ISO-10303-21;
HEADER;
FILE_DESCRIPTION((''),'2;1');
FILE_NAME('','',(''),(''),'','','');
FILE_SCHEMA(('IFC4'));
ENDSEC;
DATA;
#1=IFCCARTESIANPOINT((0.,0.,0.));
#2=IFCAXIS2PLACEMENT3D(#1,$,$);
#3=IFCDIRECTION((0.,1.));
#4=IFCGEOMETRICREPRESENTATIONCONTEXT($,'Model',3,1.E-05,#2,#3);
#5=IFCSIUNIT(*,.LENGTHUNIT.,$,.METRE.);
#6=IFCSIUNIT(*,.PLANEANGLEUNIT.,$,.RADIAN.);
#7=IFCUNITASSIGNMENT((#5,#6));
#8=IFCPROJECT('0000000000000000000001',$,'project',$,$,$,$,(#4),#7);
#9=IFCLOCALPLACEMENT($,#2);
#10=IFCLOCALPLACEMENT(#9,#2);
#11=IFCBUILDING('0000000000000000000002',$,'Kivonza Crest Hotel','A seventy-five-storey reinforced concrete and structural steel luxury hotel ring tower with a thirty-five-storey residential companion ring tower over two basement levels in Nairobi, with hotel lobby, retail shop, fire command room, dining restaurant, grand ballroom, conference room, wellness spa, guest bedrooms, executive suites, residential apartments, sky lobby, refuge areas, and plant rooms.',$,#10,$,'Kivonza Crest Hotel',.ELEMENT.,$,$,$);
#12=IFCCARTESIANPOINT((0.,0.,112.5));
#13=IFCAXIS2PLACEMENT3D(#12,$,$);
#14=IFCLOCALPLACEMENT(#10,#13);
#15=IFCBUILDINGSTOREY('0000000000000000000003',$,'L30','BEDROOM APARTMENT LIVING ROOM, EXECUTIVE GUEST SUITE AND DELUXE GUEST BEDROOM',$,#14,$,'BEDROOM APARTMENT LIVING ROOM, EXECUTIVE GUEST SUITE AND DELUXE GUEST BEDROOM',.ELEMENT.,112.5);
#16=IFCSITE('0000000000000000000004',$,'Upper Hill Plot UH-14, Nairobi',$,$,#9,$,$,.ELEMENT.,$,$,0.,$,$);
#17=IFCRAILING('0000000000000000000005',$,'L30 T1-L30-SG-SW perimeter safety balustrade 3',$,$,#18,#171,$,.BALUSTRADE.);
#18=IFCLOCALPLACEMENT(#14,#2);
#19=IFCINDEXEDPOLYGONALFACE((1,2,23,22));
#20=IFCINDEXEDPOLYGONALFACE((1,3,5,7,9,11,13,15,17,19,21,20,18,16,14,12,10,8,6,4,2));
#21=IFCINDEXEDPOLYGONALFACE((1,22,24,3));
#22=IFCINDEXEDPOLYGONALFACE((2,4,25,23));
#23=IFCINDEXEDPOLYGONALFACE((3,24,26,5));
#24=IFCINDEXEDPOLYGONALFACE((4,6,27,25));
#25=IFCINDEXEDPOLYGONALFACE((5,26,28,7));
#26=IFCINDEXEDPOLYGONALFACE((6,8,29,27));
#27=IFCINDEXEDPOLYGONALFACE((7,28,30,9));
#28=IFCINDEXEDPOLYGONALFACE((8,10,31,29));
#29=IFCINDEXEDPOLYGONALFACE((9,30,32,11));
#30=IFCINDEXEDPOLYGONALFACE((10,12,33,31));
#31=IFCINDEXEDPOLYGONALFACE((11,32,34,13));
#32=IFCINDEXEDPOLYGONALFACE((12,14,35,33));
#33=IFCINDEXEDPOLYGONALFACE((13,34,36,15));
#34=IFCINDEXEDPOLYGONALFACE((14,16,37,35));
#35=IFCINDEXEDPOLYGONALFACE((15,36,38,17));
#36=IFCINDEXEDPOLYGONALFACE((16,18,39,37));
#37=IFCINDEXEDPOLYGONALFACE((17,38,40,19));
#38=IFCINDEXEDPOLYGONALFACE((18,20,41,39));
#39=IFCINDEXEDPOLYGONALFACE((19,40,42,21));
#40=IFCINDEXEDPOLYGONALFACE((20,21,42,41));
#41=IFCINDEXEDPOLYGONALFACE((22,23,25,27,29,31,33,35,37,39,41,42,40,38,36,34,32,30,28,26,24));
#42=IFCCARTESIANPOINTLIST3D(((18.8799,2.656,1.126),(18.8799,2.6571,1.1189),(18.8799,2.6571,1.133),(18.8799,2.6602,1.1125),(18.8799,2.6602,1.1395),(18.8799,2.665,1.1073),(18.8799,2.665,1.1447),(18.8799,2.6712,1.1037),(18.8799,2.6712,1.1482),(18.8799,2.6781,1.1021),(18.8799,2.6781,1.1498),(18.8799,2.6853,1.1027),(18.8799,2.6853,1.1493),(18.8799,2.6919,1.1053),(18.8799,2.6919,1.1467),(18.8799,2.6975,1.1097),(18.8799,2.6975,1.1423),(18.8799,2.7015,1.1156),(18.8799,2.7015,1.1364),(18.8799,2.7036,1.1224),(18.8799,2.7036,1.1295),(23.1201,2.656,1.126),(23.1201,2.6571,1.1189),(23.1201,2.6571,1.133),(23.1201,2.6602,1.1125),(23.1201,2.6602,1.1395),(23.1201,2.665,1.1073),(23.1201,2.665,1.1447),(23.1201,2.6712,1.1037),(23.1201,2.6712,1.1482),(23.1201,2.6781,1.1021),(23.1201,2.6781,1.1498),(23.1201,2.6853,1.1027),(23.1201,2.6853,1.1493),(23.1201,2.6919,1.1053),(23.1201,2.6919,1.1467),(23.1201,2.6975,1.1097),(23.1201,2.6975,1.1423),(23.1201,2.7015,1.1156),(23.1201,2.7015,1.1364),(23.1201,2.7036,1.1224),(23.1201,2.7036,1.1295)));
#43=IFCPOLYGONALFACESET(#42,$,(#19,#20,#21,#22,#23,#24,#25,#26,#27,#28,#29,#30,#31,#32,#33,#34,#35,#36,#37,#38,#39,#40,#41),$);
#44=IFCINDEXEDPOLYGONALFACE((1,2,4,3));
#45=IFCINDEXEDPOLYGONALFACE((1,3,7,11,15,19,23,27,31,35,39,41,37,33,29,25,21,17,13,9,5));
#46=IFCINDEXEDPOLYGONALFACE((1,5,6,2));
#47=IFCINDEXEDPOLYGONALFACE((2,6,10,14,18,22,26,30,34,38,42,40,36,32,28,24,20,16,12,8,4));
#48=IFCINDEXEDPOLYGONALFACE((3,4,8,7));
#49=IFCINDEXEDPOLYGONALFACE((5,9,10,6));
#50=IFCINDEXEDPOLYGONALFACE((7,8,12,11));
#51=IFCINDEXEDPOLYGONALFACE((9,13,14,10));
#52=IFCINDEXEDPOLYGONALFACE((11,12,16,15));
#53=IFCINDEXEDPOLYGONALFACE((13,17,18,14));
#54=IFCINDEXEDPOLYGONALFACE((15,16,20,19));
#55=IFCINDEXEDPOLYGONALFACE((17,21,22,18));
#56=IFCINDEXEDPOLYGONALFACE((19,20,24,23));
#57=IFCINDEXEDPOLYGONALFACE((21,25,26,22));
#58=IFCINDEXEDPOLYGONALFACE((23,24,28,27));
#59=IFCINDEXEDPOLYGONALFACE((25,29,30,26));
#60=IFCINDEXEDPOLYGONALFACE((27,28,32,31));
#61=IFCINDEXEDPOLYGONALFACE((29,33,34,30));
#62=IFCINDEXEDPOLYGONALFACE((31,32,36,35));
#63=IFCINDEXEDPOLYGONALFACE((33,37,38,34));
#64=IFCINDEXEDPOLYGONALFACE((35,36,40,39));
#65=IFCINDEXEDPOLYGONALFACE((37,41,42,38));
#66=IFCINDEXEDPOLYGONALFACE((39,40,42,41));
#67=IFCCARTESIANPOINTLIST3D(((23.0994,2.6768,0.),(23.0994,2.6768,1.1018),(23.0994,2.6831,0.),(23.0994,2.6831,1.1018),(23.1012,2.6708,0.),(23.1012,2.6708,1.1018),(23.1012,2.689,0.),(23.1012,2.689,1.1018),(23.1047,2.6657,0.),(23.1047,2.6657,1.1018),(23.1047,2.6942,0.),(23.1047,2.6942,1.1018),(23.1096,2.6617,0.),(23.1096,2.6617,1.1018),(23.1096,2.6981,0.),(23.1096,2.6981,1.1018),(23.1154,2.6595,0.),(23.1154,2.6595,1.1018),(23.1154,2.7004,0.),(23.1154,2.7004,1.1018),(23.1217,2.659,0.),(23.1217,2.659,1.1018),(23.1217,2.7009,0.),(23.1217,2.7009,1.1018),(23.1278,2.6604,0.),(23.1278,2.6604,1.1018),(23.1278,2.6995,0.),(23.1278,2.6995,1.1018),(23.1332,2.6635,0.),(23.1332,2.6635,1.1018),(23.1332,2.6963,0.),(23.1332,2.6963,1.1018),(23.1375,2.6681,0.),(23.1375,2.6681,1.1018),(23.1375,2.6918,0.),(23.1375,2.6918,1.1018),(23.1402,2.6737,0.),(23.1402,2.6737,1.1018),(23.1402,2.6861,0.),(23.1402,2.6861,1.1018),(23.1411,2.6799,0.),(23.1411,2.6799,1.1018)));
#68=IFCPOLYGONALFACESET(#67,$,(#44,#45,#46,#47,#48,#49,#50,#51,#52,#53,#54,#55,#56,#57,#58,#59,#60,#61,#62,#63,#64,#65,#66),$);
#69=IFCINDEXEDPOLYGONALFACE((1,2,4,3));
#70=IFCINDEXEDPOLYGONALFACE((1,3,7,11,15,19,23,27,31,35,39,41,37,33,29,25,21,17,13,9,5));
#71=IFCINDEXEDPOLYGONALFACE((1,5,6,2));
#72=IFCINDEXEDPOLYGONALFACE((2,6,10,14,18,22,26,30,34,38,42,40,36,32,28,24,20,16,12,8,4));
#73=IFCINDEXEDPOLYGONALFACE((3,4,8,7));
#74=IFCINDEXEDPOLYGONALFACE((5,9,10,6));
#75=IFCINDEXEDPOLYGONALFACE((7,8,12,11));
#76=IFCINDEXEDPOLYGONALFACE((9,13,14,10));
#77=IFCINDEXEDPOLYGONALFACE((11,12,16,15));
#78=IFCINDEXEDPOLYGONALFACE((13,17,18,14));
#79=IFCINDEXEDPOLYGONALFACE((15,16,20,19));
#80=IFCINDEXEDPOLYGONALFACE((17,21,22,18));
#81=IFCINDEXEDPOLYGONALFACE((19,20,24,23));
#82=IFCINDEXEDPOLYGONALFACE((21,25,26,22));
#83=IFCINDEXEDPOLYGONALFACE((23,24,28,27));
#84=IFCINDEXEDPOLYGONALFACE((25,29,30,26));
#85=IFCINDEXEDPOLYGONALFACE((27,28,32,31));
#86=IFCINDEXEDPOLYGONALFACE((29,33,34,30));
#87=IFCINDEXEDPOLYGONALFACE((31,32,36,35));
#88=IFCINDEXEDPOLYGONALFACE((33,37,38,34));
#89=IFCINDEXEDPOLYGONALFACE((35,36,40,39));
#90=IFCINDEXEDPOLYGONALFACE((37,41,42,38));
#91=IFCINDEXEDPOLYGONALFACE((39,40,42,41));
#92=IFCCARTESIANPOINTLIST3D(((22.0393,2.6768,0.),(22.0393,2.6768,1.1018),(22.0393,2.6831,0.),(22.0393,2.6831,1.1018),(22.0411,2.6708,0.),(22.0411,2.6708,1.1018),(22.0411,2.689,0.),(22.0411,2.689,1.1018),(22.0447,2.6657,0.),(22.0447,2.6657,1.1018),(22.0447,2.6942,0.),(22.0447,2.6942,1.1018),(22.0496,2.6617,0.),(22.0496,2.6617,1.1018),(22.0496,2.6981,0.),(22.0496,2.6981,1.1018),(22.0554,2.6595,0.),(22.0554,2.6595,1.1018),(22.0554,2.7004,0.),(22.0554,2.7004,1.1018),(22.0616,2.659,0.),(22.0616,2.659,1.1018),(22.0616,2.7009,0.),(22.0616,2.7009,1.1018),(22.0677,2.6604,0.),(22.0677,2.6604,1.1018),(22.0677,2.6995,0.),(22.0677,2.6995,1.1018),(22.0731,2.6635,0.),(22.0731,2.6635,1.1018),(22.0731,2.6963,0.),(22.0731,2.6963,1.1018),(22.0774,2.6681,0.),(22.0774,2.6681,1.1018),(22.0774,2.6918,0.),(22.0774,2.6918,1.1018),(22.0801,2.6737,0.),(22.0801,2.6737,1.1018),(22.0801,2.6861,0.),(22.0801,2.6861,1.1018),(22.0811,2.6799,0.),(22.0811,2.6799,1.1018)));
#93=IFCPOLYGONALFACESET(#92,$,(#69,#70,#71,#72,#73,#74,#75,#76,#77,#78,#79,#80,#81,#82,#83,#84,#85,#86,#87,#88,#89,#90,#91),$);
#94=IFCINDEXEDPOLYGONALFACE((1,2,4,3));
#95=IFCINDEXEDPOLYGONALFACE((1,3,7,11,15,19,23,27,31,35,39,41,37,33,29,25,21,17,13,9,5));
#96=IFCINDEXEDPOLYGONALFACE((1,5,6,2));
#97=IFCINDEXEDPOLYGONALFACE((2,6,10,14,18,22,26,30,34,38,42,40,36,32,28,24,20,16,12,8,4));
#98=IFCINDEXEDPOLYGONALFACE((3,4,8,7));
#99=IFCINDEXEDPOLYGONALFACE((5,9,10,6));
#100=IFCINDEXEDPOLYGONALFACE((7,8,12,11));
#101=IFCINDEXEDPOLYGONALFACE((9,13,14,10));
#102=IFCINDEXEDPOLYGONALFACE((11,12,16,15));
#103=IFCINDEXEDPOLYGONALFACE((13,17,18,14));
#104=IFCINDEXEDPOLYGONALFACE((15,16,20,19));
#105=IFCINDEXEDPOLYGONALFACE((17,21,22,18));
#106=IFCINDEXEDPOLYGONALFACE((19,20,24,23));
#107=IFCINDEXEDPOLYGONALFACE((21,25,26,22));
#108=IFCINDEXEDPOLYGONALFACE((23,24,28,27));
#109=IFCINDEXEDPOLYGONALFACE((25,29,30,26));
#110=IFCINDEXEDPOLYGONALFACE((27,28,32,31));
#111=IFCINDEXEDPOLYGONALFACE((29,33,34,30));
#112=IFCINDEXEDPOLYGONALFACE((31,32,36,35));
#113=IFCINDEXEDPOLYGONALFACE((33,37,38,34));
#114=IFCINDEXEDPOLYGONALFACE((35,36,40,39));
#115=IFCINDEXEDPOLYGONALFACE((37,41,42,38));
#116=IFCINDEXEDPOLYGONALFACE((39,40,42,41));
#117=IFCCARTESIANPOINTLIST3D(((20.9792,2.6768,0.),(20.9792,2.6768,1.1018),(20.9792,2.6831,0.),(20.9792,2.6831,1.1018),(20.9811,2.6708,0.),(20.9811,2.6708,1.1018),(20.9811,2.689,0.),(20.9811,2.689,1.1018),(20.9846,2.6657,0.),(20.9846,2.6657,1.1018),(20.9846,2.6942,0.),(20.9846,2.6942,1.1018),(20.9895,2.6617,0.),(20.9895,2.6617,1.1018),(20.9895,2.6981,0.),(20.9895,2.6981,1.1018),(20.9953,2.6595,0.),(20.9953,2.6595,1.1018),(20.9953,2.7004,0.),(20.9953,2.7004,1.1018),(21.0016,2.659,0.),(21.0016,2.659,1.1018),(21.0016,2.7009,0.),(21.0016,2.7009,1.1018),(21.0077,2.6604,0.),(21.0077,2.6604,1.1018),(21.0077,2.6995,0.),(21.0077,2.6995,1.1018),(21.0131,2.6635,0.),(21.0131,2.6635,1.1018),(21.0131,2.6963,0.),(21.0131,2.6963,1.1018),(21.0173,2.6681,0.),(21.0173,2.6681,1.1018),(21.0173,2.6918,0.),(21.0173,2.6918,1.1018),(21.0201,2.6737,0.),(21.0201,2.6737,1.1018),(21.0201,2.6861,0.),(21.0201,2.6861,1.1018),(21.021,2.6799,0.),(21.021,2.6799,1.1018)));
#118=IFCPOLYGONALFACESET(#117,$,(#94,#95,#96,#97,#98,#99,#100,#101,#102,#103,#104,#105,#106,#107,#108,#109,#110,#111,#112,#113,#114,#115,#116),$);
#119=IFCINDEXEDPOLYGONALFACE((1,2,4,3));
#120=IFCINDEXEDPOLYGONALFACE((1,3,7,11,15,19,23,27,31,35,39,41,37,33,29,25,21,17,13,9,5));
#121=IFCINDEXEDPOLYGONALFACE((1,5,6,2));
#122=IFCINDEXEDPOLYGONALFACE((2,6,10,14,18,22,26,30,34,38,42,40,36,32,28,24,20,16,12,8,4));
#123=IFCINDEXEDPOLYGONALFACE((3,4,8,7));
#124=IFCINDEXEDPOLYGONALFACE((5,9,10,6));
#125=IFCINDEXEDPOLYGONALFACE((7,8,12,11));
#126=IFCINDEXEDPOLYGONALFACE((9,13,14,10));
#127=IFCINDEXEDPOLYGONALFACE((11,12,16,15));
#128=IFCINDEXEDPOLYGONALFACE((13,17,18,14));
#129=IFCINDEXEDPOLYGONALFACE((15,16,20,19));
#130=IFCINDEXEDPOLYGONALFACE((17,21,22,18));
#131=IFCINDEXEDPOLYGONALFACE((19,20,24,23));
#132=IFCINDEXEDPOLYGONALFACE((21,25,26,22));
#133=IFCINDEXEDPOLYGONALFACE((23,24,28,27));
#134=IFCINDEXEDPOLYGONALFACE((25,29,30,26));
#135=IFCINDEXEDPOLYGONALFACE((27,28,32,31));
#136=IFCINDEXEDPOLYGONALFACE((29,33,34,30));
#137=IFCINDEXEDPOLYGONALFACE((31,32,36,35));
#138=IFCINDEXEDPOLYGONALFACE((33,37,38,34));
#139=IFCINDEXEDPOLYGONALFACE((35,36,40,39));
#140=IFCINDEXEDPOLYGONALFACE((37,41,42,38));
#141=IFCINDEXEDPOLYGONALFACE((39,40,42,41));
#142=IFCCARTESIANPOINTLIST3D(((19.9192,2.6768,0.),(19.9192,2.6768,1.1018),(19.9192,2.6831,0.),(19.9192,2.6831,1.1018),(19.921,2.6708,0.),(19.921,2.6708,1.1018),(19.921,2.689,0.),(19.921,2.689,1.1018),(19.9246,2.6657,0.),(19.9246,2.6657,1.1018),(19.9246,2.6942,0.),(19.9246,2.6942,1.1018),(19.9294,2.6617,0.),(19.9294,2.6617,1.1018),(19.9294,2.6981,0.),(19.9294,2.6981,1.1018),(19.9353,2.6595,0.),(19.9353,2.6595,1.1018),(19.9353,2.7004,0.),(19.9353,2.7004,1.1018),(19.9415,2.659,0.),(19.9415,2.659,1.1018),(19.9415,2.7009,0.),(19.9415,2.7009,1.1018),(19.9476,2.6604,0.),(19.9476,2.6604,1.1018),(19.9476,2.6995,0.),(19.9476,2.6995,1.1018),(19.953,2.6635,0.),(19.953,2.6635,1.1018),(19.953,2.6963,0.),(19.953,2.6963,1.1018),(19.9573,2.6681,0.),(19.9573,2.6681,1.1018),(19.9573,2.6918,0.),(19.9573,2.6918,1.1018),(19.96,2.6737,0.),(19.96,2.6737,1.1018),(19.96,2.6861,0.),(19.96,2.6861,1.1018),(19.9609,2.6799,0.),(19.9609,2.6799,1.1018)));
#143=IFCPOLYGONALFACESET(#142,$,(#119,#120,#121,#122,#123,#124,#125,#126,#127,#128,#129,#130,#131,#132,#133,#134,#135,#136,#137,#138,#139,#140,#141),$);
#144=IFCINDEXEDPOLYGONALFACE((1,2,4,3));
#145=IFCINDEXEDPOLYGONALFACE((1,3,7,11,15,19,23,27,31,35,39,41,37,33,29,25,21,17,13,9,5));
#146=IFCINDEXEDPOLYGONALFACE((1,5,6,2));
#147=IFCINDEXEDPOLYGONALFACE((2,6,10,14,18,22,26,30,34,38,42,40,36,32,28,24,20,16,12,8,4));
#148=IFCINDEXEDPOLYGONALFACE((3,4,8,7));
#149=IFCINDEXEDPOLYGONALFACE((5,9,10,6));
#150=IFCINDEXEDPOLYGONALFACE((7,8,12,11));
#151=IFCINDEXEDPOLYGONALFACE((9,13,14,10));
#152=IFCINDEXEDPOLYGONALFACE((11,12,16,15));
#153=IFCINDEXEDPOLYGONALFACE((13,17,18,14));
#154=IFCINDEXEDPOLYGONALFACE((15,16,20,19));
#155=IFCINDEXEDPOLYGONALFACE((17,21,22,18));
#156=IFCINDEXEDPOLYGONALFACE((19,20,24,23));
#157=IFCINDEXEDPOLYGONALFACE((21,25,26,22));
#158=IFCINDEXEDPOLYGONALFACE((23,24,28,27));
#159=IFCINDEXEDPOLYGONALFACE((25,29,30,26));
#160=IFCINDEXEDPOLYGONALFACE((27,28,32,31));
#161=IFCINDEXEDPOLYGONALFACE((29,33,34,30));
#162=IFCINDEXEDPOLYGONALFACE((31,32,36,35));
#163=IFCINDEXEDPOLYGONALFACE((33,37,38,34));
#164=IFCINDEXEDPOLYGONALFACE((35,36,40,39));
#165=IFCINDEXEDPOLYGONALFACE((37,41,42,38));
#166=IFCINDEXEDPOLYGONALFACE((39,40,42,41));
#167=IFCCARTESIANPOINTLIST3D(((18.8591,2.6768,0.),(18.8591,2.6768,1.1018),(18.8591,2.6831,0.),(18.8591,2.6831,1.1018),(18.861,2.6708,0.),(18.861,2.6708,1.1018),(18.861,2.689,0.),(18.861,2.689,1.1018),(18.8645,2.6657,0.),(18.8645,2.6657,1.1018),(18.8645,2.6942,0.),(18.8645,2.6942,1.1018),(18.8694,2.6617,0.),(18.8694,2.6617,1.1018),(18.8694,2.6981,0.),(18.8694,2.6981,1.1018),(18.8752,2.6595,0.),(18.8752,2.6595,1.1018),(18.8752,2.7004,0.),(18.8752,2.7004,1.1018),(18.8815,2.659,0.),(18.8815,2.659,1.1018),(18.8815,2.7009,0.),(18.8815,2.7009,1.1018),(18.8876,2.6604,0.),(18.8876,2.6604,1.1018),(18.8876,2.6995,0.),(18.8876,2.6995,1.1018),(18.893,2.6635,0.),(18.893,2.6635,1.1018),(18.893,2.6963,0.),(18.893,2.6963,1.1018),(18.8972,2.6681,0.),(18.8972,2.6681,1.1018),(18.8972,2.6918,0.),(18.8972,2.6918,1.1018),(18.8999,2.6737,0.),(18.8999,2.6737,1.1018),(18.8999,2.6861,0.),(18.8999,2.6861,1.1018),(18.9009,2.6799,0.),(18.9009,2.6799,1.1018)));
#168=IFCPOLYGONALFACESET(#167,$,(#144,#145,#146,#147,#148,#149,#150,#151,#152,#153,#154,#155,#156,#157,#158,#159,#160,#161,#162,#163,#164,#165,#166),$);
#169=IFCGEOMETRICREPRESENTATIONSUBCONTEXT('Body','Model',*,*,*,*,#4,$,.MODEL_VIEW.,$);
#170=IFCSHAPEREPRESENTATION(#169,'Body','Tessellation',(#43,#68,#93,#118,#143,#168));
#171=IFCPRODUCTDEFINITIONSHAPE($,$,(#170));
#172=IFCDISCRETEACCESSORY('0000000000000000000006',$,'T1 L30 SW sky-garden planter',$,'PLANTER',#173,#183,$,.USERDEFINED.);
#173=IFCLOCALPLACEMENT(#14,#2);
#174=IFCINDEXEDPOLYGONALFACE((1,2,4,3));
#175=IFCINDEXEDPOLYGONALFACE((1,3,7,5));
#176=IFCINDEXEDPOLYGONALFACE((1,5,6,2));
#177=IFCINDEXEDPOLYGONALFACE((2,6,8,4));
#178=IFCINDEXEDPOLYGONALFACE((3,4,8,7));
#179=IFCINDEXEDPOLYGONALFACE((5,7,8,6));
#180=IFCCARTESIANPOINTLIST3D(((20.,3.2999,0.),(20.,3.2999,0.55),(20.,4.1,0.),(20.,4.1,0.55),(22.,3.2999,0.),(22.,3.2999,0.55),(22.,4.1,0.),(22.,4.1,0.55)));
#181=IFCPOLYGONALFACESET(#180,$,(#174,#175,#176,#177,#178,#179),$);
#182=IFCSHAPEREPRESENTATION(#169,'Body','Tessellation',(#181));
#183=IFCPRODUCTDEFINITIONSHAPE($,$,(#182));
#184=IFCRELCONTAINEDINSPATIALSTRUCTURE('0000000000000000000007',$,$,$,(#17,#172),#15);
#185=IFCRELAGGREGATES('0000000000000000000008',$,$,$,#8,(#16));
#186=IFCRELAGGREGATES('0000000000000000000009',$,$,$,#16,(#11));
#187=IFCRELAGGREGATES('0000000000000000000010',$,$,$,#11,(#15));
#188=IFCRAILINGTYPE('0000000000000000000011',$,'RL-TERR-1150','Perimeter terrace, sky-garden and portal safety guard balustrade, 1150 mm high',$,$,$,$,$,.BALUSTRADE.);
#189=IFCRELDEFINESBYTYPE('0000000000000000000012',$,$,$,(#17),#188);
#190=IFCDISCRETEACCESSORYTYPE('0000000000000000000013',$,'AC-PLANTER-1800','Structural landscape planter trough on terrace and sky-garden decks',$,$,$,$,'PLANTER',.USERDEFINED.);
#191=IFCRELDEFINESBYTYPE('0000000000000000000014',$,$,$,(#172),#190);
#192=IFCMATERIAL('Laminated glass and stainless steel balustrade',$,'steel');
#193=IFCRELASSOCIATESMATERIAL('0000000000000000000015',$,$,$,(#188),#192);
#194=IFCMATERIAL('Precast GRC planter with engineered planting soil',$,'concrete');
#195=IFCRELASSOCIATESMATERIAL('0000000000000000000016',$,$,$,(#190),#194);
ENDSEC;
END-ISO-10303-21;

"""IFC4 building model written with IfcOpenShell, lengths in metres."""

from ifc_helpers import new_model, si_unit, direction, frame, origin, origin_2d, place, context, subcontext, project, spatial, rectangle, circle, extrude, material, type_object, element, save


model = new_model("IFC4")

# Units and contexts
model_context = context("Model", 3, precision=1e-05, world=origin(), true_north=direction((0.0, 1.0)))
body_context = subcontext(model_context, "Body", "Model", "MODEL_VIEW")
ifc_project = project(units=[si_unit("LENGTHUNIT", "METRE"), si_unit("PLANEANGLEUNIT", "RADIAN")], contexts=[model_context])

# Site, building, storey
site_placement = place(None, origin())
site = spatial("IfcSite", under=ifc_project, at=site_placement, Name="Upper Hill Plot UH-14, Nairobi", CompositionType="ELEMENT", RefElevation=0.0)
building_placement = place(site_placement, origin())
building = spatial("IfcBuilding", under=site, at=building_placement, Name="Kivonza Crest Hotel", Description="A seventy-five-storey reinforced concrete and structural steel luxury hotel ring tower with a thirty-five-storey residential companion ring tower over two basement levels in Nairobi, with hotel lobby, retail shop, fire command room, dining restaurant, grand ballroom, conference room, wellness spa, guest bedrooms, executive suites, residential apartments, sky lobby, refuge areas, and plant rooms.", LongName="Kivonza Crest Hotel", CompositionType="ELEMENT")
storey_placement = place(building_placement, frame((0.0, 0.0, 112.5)))
storey = spatial("IfcBuildingStorey", under=building, at=storey_placement, Name="L30", Description="BEDROOM APARTMENT LIVING ROOM, EXECUTIVE GUEST SUITE AND DELUXE GUEST BEDROOM", LongName="BEDROOM APARTMENT LIVING ROOM, EXECUTIVE GUEST SUITE AND DELUXE GUEST BEDROOM", CompositionType="ELEMENT", Elevation=112.5)

# Railing
ifc_material_1 = material(Name="Laminated glass and stainless steel balustrade", Category="steel")
railing_type = type_object("IfcRailingType", Name="RL-TERR-1150", Description="Perimeter terrace, sky-garden and portal safety guard balustrade, 1150 mm high", PredefinedType="BALUSTRADE", material=ifc_material_1)
railing_1_placement = place(storey_placement, frame((23.1201, 2.6799, 0.0)))
element("IfcRailing", 1, at=railing_1_placement, inside=storey, type_object=railing_type, Name="L30 T1-L30-SG-SW perimeter safety balustrade 3", PredefinedType="BALUSTRADE", context=body_context, shape_type="SweptSolid", body=[
    extrude(circle(Radius=0.0239, at=origin_2d()), frame((0.0, 0.0, 1.126), z_axis=(-1.0, 0.0, 0.0), x_axis=(0.0, -1.0, 0.0)), (0.0, 0.0, 1.0), 4.2402),
    extrude(circle(Radius=0.021, at=origin_2d()), origin(), (0.0, 0.0, 1.0), 1.1018),
    extrude(circle(Radius=0.021, at=origin_2d()), frame((-1.0601, 0.0, 0.0)), (0.0, 0.0, 1.0), 1.1018),
    extrude(circle(Radius=0.021, at=origin_2d()), frame((-2.1201, 0.0, 0.0)), (0.0, 0.0, 1.0), 1.1018),
    extrude(circle(Radius=0.021, at=origin_2d()), frame((-3.1802, 0.0, 0.0)), (0.0, 0.0, 1.0), 1.1018),
    extrude(circle(Radius=0.021, at=origin_2d()), frame((-4.2402, 0.0, 0.0)), (0.0, 0.0, 1.0), 1.1018),
])

# Discrete accessory
ifc_material_2 = material(Name="Precast GRC planter with engineered planting soil", Category="concrete")
discrete_accessory_type = type_object("IfcDiscreteAccessoryType", Name="AC-PLANTER-1800", Description="Structural landscape planter trough on terrace and sky-garden decks", ElementType="PLANTER", PredefinedType="USERDEFINED", material=ifc_material_2)
discrete_accessory_placement = place(storey_placement, frame((21.0, 3.7, 0.0), z_axis=(0.0, 0.0, 1.0), x_axis=(1.0, 0.0, 0.0)))
element("IfcDiscreteAccessory", 2, at=discrete_accessory_placement, inside=storey, type_object=discrete_accessory_type, Name="T1 L30 SW sky-garden planter", ObjectType="PLANTER", PredefinedType="USERDEFINED", context=body_context, shape_type="SweptSolid", body=[
    extrude(rectangle(XDim=2.0, YDim=0.8, at=origin_2d()), origin(), (0.0, 0.0, 1.0), 0.55),
])

save(model, "model.ifc")
